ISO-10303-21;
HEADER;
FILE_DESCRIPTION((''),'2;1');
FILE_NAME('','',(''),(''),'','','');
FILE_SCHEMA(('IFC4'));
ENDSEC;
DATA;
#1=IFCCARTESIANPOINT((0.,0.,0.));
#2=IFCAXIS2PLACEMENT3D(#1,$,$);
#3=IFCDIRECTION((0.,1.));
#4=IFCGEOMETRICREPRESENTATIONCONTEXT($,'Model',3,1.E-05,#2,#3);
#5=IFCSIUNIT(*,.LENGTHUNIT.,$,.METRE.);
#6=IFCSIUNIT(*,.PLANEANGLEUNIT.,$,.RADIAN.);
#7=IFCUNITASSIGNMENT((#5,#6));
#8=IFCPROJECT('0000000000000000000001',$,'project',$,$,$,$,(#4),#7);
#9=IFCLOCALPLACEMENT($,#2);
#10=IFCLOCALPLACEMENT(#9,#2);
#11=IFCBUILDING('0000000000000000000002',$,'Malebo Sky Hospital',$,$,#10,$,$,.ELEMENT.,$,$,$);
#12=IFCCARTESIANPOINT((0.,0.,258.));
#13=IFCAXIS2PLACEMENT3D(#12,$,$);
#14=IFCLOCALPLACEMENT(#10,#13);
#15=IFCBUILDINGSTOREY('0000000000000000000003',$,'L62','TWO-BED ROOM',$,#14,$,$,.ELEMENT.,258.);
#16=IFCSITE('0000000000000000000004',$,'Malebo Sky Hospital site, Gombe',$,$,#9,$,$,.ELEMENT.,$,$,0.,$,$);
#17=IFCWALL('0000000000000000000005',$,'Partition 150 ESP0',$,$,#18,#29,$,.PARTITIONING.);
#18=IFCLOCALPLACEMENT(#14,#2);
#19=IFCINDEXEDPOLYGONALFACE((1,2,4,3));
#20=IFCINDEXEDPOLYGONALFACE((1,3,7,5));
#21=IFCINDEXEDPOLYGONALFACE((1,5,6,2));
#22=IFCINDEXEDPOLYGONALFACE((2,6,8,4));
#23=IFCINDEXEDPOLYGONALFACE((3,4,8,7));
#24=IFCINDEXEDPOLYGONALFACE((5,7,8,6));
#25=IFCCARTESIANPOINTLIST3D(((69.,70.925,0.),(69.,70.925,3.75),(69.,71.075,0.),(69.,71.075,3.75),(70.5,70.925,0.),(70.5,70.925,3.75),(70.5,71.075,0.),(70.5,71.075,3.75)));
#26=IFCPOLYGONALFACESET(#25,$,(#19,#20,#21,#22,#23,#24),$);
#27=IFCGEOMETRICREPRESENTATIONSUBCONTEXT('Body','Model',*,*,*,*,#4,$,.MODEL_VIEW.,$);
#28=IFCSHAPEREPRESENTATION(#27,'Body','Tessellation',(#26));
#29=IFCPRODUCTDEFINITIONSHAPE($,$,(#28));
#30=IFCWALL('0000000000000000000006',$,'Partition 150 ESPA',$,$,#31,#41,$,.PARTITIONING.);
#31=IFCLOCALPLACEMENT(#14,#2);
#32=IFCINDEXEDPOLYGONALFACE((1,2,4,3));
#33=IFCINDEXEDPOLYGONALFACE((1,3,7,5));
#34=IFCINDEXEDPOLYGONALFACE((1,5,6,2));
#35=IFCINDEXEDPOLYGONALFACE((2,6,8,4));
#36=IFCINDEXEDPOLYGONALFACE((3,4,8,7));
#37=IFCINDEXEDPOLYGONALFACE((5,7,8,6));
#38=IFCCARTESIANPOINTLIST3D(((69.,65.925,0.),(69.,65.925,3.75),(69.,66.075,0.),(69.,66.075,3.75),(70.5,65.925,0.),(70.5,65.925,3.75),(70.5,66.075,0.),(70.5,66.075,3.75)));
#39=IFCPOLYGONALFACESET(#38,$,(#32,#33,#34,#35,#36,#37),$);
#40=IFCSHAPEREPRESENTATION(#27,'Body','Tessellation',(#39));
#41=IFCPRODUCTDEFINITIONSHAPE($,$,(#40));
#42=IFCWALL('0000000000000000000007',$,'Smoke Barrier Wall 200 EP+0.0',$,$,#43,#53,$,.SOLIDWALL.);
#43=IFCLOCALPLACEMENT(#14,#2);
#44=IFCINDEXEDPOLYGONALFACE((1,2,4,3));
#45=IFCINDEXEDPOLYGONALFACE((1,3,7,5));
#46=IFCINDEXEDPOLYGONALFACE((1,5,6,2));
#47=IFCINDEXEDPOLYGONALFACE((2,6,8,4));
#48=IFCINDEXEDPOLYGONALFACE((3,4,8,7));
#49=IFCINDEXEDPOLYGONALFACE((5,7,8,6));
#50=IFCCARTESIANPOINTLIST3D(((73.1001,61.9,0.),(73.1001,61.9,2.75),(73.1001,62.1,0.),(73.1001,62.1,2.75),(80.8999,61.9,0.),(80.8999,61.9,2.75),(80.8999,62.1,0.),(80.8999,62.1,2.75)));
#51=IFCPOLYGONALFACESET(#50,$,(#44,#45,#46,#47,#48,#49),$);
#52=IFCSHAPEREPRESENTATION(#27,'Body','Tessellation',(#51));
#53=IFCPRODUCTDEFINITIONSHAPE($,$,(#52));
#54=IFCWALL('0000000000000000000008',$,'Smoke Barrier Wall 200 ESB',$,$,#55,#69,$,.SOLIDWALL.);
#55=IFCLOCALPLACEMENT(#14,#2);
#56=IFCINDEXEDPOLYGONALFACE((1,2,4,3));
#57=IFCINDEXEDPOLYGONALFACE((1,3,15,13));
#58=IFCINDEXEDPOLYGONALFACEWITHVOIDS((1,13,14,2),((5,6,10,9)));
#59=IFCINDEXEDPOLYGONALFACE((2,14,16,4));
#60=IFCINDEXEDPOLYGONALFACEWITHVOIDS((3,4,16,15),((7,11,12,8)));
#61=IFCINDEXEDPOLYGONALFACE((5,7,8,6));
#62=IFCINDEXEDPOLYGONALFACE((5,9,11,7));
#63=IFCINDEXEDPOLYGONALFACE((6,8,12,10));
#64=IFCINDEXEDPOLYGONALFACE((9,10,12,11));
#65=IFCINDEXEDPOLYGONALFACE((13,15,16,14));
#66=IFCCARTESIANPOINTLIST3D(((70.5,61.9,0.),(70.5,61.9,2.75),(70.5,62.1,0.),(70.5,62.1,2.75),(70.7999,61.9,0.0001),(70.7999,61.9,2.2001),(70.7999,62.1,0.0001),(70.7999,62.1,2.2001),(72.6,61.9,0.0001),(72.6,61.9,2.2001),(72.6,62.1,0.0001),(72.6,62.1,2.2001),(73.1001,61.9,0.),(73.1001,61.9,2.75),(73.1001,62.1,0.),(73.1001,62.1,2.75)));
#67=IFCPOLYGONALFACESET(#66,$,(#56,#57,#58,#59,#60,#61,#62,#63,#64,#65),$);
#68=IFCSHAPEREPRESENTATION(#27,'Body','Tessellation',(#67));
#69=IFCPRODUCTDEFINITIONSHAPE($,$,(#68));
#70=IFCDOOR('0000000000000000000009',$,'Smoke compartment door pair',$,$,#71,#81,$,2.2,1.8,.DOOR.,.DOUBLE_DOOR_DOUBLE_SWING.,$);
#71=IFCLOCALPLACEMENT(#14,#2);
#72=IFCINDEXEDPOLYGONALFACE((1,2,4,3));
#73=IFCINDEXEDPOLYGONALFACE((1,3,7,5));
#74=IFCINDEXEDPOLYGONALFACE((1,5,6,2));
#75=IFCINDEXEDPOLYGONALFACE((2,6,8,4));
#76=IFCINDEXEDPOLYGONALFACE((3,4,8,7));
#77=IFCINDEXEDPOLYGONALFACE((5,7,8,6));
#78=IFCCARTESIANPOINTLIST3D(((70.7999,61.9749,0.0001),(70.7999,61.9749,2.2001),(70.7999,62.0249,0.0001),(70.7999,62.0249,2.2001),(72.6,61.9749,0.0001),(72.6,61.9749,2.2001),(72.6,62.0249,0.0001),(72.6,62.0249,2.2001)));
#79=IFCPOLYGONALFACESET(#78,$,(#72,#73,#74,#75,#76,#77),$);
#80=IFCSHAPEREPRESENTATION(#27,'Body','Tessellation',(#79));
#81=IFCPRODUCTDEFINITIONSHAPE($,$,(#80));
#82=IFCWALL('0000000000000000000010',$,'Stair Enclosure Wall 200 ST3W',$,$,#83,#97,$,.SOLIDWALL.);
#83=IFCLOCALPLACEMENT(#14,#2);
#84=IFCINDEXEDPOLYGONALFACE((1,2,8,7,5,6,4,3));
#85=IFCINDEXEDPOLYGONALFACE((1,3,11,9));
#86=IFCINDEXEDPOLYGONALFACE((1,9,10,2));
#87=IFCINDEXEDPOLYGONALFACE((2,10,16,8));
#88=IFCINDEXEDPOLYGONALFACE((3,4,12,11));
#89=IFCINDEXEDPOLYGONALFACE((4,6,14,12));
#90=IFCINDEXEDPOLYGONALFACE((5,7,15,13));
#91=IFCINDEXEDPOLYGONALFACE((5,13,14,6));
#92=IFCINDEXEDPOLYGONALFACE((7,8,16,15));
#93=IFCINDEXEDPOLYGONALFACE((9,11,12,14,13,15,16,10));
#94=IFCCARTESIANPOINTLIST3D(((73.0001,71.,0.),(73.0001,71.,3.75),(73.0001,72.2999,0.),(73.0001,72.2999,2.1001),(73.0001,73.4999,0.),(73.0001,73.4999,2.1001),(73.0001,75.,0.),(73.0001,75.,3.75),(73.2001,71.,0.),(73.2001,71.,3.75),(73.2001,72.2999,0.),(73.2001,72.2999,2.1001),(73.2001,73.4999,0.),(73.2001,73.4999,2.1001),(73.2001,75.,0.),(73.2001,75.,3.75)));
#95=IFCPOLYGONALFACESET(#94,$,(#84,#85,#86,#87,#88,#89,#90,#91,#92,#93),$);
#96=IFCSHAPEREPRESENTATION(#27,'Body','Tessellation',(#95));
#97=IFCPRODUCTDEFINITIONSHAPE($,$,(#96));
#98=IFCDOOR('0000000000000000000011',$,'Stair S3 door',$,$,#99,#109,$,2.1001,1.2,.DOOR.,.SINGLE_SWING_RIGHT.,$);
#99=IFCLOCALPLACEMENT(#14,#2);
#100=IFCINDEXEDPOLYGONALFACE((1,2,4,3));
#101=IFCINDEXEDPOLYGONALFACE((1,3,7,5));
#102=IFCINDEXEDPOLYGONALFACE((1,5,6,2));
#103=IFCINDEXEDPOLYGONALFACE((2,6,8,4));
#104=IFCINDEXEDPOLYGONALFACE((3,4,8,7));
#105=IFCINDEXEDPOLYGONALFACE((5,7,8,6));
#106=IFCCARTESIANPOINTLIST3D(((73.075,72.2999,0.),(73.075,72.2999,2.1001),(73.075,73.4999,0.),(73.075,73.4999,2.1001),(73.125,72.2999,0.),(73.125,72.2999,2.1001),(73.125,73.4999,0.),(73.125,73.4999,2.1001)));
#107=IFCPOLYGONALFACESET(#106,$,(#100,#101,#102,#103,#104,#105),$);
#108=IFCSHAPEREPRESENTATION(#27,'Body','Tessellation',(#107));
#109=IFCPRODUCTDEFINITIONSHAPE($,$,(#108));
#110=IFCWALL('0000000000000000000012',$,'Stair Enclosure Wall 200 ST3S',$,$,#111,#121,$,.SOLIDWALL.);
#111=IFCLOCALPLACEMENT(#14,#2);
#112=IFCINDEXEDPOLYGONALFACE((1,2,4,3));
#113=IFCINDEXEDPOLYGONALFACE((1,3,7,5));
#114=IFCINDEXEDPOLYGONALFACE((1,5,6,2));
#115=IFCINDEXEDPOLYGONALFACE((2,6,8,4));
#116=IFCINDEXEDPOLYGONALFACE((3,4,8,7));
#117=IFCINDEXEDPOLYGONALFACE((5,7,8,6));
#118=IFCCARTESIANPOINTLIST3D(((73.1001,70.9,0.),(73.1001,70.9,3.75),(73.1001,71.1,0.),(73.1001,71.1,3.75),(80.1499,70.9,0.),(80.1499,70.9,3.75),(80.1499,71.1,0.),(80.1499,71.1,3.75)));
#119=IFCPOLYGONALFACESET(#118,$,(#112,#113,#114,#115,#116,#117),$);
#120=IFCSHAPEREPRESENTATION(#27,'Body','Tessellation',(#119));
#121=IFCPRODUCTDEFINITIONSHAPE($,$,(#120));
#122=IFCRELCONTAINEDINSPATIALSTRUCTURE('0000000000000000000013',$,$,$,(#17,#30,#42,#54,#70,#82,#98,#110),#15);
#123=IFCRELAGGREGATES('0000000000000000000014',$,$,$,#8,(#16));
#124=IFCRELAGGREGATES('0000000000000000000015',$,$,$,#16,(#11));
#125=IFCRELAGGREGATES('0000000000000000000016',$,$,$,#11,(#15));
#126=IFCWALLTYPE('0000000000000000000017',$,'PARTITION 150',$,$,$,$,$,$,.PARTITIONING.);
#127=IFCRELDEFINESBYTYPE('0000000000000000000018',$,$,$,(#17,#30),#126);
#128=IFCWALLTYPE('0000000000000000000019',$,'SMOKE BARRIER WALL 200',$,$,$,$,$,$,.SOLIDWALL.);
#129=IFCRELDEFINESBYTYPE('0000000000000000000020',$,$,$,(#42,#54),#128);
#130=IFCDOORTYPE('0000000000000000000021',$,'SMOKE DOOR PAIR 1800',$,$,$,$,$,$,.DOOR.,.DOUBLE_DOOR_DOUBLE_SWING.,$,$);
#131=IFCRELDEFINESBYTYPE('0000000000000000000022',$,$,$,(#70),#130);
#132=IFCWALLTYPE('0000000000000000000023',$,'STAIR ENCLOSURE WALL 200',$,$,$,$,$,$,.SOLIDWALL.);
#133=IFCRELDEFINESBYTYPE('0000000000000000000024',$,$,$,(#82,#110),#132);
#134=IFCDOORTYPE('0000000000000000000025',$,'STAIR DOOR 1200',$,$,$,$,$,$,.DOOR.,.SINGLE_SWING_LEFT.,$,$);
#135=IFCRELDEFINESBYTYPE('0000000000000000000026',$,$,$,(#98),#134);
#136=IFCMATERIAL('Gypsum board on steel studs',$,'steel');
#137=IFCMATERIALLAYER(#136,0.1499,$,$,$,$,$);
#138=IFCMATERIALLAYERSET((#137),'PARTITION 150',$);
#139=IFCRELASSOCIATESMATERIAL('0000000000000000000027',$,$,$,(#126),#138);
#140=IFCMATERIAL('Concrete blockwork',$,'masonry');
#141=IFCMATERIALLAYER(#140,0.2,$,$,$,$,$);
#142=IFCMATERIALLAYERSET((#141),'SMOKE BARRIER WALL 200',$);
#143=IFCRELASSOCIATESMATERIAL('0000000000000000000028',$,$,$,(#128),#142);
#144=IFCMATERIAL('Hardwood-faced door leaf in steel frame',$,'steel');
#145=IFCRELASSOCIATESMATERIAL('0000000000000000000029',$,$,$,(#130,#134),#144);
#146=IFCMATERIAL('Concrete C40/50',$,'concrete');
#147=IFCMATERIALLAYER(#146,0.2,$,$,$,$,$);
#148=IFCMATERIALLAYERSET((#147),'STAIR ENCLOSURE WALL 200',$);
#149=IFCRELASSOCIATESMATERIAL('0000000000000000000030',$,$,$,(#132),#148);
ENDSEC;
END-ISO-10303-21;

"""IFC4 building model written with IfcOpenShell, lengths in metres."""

from ifc_helpers import new_model, si_unit, direction, frame, frame_2d, origin, place, context, subcontext, project, spatial, rectangle, extrude, material, layer, layer_set, type_object, element, fill, save


model = new_model("IFC4")

# Units and contexts
model_context = context("Model", 3, precision=1e-05, world=origin(), true_north=direction((0.0, 1.0)))
body_context = subcontext(model_context, "Body", "Model", "MODEL_VIEW")
ifc_project = project(units=[si_unit("LENGTHUNIT", "METRE"), si_unit("PLANEANGLEUNIT", "RADIAN")], contexts=[model_context])

# Site, building, storey
site_placement = place(None, origin())
site = spatial("IfcSite", under=ifc_project, at=site_placement, Name="Malebo Sky Hospital site, Gombe", CompositionType="ELEMENT", RefElevation=0.0)
building_placement = place(site_placement, origin())
building = spatial("IfcBuilding", under=site, at=building_placement, Name="Malebo Sky Hospital", CompositionType="ELEMENT")
storey_placement = place(building_placement, frame((0.0, 0.0, 258.0)))
storey = spatial("IfcBuildingStorey", under=building, at=storey_placement, Name="L62", Description="TWO-BED ROOM", CompositionType="ELEMENT", Elevation=258.0)

# Shared definitions
ifc_material_1 = material(Name="Gypsum board on steel studs", Category="steel")
ifc_material_2 = material(Name="Hardwood-faced door leaf in steel frame", Category="steel")

# Walls
ifc_layer_1 = layer(ifc_material_1, 0.1499)
ifc_layer_set_1 = layer_set([ifc_layer_1], Name="PARTITION 150")
wall_type_1 = type_object("IfcWallType", Name="PARTITION 150", PredefinedType="PARTITIONING", material=ifc_layer_set_1)
for number, where, z_axis, x_axis, name in (
    (1, (69.0, 71.0, 0.0), (0.0, 0.0, 1.0), (1.0, 0.0, 0.0), "Partition 150 ESP0"),
    (2, (69.0, 66.0, 0.0), (0.0, 0.0, 1.0), (1.0, 0.0, 0.0), "Partition 150 ESPA"),
):
    element("IfcWall", number, at=place(storey_placement, frame(where, z_axis=z_axis, x_axis=x_axis)), inside=storey, type_object=wall_type_1, Name=name, PredefinedType="PARTITIONING", context=body_context, shape_type="SweptSolid", body=[
        extrude(rectangle(XDim=1.5, YDim=0.1499, at=frame_2d((0.75, 0.0))), origin(), (0.0, 0.0, 1.0), 3.75),
    ])
ifc_material_3 = material(Name="Concrete blockwork", Category="masonry")
ifc_layer_2 = layer(ifc_material_3, 0.2)
ifc_layer_set_2 = layer_set([ifc_layer_2], Name="SMOKE BARRIER WALL 200")
wall_type_2 = type_object("IfcWallType", Name="SMOKE BARRIER WALL 200", PredefinedType="SOLIDWALL", material=ifc_layer_set_2)
wall_1_placement = place(storey_placement, frame((73.1001, 62.0, 0.0), z_axis=(0.0, 0.0, 1.0), x_axis=(1.0, 0.0, 0.0)))
element("IfcWall", 3, at=wall_1_placement, inside=storey, type_object=wall_type_2, Name="Smoke Barrier Wall 200 EP+0.0", PredefinedType="SOLIDWALL", context=body_context, shape_type="SweptSolid", body=[
    extrude(rectangle(XDim=7.7998, YDim=0.2, at=frame_2d((3.8999, 0.0))), origin(), (0.0, 0.0, 1.0), 2.75),
])

# Walls, openings, doors
wall_2_placement = place(storey_placement, frame((70.5, 62.0, 0.0), z_axis=(0.0, 0.0, 1.0), x_axis=(1.0, 0.0, 0.0)))
wall_2 = element("IfcWall", 4, at=wall_2_placement, inside=storey, type_object=wall_type_2, Name="Smoke Barrier Wall 200 ESB", PredefinedType="SOLIDWALL", context=body_context, shape_type="SweptSolid", body=[
    extrude(rectangle(XDim=2.6001, YDim=0.2, at=frame_2d((1.3, 0.0))), origin(), (0.0, 0.0, 1.0), 2.75),
])
opening_1_placement = place(wall_2_placement, frame((0.3, 0.0, 0.0)))
opening_1 = element("IfcOpeningElement", 5, at=opening_1_placement, cuts=wall_2, PredefinedType="OPENING", context=body_context, shape_type="SweptSolid", body=[
    extrude(rectangle(XDim=1.8, YDim=2.2, at=frame_2d((0.8999, 1.1001))), frame((0.0, 0.1099, 0.0), z_axis=(0.0, -1.0, 0.0), x_axis=(1.0, 0.0, 0.0)), (0.0, 0.0, 1.0), 0.22),
])
door_type_1 = type_object("IfcDoorType", Name="SMOKE DOOR PAIR 1800", OperationType="DOUBLE_DOOR_DOUBLE_SWING", PredefinedType="DOOR", material=ifc_material_2)
door_1_placement = place(opening_1_placement, origin())
door_1 = element("IfcDoor", 6, at=door_1_placement, inside=storey, type_object=door_type_1, Name="Smoke compartment door pair", OperationType="DOUBLE_DOOR_DOUBLE_SWING", OverallHeight=2.2, OverallWidth=1.8, PredefinedType="DOOR", context=body_context, shape_type="SweptSolid", body=[
    extrude(rectangle(XDim=1.8, YDim=2.2, at=frame_2d((0.8999, 1.1001))), frame((0.0, 0.0249, 0.0), z_axis=(0.0, -1.0, 0.0), x_axis=(1.0, 0.0, 0.0)), (0.0, 0.0, 1.0), 0.05),
])
fill(opening_1, door_1)
ifc_material_4 = material(Name="Concrete C40/50", Category="concrete")
ifc_layer_3 = layer(ifc_material_4, 0.2)
ifc_layer_set_3 = layer_set([ifc_layer_3], Name="STAIR ENCLOSURE WALL 200")
wall_type_3 = type_object("IfcWallType", Name="STAIR ENCLOSURE WALL 200", PredefinedType="SOLIDWALL", material=ifc_layer_set_3)
wall_3_placement = place(storey_placement, frame((73.1001, 75.0, 0.0), z_axis=(0.0, 0.0, 1.0), x_axis=(0.0, -1.0, 0.0)))
wall_3 = element("IfcWall", 7, at=wall_3_placement, inside=storey, type_object=wall_type_3, Name="Stair Enclosure Wall 200 ST3W", PredefinedType="SOLIDWALL", context=body_context, shape_type="SweptSolid", body=[
    extrude(rectangle(XDim=4.0, YDim=0.2, at=frame_2d((2.0, 0.0))), origin(), (0.0, 0.0, 1.0), 3.75),
])
opening_2_placement = place(wall_3_placement, frame((1.5, 0.0, 0.0)))
opening_2 = element("IfcOpeningElement", 8, at=opening_2_placement, cuts=wall_3, PredefinedType="OPENING", context=body_context, shape_type="SweptSolid", body=[
    extrude(rectangle(XDim=1.2, YDim=2.1001, at=frame_2d((0.6001, 1.05))), frame((0.0, 0.1099, 0.0), z_axis=(0.0, -1.0, 0.0), x_axis=(1.0, 0.0, 0.0)), (0.0, 0.0, 1.0), 0.22),
])
door_type_2 = type_object("IfcDoorType", Name="STAIR DOOR 1200", OperationType="SINGLE_SWING_LEFT", PredefinedType="DOOR", material=ifc_material_2)
door_2_placement = place(opening_2_placement, origin())
door_2 = element("IfcDoor", 9, at=door_2_placement, inside=storey, type_object=door_type_2, Name="Stair S3 door", OperationType="SINGLE_SWING_RIGHT", OverallHeight=2.1001, OverallWidth=1.2, PredefinedType="DOOR", context=body_context, shape_type="SweptSolid", body=[
    extrude(rectangle(XDim=1.2, YDim=2.1001, at=frame_2d((0.6001, 1.05))), frame((0.0, 0.0249, 0.0), z_axis=(0.0, -1.0, 0.0), x_axis=(1.0, 0.0, 0.0)), (0.0, 0.0, 1.0), 0.05),
])
fill(opening_2, door_2)

# Wall
wall_4_placement = place(storey_placement, frame((73.1001, 71.0, 0.0), z_axis=(0.0, 0.0, 1.0), x_axis=(1.0, 0.0, 0.0)))
element("IfcWall", 10, at=wall_4_placement, inside=storey, type_object=wall_type_3, Name="Stair Enclosure Wall 200 ST3S", PredefinedType="SOLIDWALL", context=body_context, shape_type="SweptSolid", body=[
    extrude(rectangle(XDim=7.0498, YDim=0.2, at=frame_2d((3.5249, 0.0))), origin(), (0.0, 0.0, 1.0), 3.75),
])

save(model, "model.ifc")
